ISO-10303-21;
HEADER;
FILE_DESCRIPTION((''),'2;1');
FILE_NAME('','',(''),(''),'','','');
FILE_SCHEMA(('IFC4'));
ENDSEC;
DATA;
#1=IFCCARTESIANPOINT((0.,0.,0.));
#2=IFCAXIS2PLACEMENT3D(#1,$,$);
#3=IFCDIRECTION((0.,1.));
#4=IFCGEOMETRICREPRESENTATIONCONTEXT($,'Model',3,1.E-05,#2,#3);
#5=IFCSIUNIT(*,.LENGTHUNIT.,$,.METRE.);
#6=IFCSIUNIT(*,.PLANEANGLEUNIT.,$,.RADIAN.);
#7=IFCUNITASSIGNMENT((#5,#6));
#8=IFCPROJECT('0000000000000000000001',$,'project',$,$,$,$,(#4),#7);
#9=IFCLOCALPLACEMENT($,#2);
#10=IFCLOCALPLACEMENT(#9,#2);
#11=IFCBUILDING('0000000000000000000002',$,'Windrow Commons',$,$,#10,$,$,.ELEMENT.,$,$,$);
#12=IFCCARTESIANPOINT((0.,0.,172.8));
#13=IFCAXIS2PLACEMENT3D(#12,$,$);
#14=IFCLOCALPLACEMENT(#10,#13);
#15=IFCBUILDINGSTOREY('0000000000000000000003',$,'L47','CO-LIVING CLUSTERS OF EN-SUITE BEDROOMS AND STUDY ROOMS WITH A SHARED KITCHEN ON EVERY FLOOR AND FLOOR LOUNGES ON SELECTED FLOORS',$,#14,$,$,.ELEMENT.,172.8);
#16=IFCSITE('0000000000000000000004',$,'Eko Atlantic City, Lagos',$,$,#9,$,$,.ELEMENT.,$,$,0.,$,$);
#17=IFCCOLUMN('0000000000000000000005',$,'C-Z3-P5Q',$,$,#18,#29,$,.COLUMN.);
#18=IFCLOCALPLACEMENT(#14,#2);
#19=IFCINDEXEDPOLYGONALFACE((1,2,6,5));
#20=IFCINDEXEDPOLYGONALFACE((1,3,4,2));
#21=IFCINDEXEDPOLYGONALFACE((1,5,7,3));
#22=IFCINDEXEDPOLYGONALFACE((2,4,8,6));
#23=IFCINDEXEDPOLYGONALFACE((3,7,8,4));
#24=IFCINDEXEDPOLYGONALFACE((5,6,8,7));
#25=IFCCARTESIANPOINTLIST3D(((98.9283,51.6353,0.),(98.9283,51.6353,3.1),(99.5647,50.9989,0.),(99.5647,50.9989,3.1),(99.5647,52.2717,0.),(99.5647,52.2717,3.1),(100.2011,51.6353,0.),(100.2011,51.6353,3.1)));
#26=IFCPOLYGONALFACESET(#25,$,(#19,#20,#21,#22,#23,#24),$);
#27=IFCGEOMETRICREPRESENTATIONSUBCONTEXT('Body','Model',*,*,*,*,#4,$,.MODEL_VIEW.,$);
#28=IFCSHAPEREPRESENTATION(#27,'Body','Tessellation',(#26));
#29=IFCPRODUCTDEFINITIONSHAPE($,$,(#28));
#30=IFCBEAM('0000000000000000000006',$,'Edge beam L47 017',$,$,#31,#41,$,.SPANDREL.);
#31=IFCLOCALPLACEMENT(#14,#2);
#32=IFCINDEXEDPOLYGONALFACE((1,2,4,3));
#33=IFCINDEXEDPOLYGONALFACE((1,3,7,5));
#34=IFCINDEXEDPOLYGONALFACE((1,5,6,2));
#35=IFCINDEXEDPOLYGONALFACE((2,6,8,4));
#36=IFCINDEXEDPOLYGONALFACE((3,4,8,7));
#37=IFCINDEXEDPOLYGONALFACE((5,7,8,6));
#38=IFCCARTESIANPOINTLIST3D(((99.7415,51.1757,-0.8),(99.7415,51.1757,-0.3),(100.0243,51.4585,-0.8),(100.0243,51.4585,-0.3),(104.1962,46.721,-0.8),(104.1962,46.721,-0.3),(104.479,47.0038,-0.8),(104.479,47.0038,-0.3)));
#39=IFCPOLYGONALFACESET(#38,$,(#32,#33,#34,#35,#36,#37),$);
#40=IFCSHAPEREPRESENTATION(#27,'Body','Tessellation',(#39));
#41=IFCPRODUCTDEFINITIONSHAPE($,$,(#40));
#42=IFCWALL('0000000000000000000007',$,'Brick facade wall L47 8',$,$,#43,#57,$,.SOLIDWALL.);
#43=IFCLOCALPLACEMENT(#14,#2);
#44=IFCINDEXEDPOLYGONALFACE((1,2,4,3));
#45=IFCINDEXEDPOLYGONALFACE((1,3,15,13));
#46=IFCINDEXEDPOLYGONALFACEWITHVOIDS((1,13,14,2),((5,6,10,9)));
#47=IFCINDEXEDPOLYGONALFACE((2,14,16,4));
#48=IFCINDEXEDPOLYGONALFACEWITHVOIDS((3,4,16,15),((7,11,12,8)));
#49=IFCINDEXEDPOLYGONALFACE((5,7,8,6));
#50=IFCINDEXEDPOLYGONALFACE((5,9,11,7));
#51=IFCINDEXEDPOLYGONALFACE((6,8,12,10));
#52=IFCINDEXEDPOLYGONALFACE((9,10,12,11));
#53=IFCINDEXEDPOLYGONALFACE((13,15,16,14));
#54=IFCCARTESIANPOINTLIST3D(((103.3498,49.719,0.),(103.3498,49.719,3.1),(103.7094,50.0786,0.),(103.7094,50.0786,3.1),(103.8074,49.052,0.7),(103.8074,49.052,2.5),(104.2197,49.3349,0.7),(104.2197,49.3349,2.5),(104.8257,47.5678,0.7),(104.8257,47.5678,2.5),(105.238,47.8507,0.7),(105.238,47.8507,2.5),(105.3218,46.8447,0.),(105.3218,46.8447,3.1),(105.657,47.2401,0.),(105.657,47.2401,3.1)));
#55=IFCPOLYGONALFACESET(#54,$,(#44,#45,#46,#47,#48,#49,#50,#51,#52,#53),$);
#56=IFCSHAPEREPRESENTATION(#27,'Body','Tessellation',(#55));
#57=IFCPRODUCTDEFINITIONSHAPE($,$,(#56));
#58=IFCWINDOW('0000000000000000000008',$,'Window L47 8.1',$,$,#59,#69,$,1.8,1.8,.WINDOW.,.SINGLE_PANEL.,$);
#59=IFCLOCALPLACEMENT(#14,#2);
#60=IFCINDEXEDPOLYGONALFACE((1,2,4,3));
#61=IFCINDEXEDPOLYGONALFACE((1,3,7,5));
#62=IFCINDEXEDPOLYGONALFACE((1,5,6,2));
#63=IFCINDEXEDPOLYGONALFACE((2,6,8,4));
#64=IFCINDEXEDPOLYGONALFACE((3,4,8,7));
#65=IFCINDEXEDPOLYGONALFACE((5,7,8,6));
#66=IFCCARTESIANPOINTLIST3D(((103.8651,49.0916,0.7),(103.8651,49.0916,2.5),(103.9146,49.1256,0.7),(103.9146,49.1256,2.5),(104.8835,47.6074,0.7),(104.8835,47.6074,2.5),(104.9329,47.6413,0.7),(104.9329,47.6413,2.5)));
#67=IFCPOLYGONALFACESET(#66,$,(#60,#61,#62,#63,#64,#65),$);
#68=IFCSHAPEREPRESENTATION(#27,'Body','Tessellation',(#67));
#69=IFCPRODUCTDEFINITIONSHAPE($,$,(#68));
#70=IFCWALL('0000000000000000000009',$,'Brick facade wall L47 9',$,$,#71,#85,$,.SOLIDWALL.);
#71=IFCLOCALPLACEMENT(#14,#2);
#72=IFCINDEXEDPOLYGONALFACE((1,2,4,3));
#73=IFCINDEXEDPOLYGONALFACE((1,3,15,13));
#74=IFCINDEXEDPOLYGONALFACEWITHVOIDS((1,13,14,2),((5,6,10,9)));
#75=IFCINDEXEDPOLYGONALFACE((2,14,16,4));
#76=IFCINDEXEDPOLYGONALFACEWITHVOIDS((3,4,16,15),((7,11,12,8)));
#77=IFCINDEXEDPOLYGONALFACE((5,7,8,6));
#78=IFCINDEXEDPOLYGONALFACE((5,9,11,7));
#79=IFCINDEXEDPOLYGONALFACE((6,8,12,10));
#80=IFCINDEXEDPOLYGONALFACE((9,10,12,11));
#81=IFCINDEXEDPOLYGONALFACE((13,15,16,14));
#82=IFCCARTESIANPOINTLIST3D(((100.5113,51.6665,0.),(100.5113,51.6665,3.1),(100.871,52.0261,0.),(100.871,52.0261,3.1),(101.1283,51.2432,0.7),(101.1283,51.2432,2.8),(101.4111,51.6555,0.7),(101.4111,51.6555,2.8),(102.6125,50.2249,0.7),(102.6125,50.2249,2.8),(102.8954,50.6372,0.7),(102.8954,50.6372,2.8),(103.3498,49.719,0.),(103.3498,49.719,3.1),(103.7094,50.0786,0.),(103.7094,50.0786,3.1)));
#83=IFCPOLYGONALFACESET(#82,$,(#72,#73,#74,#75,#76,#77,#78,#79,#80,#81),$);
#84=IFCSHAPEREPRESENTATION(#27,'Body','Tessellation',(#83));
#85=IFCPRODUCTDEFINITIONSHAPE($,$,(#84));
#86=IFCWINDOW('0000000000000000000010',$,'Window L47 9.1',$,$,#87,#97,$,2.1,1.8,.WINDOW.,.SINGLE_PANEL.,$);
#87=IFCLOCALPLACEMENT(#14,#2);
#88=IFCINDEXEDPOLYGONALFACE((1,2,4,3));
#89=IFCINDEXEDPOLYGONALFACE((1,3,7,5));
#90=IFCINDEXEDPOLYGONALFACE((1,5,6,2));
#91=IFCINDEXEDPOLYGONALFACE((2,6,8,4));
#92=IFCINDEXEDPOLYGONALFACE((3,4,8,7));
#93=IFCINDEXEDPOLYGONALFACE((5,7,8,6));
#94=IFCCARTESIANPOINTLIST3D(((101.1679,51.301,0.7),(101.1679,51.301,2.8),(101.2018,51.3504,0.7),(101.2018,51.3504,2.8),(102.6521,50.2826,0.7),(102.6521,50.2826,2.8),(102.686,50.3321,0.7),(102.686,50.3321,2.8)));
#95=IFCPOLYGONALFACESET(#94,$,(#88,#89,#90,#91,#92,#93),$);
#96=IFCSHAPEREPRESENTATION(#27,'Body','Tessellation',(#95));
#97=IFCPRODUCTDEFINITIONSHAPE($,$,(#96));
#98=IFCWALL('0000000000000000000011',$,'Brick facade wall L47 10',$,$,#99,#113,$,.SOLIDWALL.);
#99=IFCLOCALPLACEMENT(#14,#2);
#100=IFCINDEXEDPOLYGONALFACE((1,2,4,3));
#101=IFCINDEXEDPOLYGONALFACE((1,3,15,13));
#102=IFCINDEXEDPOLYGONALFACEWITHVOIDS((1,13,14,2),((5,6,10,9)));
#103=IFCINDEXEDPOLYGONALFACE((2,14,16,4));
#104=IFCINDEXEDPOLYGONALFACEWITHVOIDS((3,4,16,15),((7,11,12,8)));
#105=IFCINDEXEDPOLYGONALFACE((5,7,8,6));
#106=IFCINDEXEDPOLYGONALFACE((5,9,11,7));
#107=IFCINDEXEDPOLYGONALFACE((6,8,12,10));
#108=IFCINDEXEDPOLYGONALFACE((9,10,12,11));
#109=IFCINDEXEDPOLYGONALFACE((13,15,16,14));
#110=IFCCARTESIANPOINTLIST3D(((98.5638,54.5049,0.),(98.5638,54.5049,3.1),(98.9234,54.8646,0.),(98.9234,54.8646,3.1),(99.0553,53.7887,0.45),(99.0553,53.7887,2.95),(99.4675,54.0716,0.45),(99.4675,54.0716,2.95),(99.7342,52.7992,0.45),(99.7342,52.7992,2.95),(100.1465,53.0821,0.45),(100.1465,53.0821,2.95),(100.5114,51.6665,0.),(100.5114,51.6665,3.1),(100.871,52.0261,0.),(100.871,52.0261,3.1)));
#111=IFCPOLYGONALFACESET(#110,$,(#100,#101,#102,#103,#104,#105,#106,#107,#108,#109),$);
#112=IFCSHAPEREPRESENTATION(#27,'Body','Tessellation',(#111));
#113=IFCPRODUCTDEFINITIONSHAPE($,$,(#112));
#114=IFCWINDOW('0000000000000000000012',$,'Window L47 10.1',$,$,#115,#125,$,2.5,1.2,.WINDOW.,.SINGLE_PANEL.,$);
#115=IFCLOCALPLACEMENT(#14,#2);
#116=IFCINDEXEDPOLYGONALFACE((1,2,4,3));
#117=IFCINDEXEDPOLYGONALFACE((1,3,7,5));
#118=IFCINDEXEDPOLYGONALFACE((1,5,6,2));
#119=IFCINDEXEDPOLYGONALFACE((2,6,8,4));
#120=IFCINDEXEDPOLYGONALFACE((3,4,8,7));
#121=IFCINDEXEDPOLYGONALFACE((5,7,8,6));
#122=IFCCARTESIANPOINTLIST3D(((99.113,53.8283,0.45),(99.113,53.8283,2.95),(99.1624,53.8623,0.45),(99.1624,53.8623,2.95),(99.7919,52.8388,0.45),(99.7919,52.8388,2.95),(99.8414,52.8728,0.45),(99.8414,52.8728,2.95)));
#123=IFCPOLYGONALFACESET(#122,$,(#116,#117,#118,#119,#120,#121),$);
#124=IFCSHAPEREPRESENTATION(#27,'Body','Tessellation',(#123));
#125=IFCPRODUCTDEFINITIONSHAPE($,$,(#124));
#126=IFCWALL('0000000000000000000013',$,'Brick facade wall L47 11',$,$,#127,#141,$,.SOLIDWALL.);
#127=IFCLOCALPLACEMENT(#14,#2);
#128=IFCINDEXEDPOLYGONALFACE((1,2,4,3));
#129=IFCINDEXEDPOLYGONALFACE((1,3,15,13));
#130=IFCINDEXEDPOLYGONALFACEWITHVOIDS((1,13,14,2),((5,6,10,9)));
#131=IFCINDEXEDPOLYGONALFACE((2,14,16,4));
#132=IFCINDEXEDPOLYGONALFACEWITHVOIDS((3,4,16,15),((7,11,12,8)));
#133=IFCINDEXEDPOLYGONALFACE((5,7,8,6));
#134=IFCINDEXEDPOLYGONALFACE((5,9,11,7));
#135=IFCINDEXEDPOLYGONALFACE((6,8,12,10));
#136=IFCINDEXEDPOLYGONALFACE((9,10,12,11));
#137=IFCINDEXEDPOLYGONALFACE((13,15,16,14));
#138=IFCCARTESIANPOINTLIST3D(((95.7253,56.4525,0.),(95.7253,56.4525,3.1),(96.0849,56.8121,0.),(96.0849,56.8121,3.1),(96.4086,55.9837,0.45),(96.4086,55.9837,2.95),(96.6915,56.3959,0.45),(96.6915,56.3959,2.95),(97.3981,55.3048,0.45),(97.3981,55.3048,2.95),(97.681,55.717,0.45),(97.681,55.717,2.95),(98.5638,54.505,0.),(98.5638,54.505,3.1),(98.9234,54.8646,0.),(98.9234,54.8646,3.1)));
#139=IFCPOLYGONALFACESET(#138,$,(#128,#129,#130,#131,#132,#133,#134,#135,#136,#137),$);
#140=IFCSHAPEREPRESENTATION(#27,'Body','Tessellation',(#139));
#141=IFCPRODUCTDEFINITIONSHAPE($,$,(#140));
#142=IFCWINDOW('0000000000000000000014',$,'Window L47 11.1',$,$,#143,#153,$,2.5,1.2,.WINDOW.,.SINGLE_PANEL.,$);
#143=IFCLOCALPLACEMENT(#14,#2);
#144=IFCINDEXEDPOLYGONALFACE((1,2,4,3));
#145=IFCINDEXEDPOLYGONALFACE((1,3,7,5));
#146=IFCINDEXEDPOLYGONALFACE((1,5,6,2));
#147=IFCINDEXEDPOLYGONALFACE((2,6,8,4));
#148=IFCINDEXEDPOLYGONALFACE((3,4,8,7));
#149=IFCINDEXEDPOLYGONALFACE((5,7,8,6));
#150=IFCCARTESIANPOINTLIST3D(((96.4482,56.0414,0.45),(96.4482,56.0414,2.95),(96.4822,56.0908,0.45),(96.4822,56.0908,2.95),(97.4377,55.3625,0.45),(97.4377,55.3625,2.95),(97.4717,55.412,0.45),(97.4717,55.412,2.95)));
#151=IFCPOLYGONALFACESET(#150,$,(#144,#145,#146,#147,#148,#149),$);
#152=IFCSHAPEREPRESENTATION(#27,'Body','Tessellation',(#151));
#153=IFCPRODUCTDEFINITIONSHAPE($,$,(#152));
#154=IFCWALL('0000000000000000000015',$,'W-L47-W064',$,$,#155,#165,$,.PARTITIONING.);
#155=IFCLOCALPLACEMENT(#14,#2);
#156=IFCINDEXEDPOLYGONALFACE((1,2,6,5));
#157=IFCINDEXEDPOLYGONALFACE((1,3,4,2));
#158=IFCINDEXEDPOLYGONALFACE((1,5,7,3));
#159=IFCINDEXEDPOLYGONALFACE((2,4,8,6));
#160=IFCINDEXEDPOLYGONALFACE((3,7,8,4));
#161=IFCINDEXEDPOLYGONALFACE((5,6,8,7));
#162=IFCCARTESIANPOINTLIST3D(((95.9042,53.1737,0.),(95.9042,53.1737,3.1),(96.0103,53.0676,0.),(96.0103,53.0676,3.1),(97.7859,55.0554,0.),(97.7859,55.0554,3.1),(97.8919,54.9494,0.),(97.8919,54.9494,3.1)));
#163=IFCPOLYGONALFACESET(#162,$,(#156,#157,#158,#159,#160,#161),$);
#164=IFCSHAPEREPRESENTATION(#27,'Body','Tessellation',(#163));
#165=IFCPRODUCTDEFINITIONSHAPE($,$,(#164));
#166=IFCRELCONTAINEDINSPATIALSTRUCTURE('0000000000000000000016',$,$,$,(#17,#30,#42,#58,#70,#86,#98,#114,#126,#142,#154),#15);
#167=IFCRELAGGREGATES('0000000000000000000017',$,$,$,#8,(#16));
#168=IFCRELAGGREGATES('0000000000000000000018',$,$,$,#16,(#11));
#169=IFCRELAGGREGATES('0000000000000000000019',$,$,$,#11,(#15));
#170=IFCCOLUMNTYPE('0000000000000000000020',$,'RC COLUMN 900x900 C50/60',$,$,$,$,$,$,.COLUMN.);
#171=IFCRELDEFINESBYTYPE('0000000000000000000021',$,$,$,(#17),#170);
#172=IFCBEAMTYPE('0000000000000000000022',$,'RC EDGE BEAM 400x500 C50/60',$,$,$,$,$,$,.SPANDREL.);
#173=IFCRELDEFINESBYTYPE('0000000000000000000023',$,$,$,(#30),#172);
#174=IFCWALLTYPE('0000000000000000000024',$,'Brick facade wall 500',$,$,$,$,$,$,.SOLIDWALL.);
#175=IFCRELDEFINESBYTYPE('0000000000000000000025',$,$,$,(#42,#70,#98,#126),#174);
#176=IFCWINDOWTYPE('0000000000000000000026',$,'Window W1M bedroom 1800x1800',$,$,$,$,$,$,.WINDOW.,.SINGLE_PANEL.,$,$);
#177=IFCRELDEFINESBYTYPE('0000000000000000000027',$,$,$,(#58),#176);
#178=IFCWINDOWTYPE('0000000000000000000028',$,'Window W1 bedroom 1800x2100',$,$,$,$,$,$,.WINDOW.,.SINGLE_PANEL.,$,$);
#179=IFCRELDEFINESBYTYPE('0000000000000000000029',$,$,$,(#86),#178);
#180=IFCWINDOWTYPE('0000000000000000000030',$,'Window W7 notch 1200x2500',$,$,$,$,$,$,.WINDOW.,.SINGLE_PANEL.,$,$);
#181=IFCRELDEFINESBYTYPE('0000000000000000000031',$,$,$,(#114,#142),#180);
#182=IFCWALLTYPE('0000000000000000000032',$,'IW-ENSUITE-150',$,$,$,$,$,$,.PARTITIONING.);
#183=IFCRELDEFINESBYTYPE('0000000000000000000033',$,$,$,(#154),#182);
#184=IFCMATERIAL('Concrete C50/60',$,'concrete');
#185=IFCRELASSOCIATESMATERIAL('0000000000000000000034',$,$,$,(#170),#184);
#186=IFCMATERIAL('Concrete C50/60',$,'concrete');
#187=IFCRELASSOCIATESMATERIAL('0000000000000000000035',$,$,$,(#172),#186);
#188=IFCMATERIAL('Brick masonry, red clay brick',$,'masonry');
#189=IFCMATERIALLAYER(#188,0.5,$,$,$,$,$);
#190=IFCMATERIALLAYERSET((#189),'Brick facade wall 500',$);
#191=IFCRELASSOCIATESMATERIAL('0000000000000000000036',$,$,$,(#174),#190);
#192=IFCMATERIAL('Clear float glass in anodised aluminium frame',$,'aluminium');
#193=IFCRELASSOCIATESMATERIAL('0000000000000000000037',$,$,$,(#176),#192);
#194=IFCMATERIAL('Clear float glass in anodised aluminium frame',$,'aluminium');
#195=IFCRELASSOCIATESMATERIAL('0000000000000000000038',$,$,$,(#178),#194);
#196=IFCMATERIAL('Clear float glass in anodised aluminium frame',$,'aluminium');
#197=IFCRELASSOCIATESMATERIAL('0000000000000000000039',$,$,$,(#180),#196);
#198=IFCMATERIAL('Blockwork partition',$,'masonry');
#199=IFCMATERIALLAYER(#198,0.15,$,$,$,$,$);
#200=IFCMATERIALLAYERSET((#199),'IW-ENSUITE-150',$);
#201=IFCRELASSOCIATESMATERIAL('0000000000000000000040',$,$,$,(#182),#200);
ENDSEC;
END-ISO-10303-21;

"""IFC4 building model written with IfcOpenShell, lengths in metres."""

from ifc_helpers import new_model, si_unit, direction, frame, frame_2d, origin, origin_2d, place, context, subcontext, project, spatial, polyline, rectangle, outline, extrude, material, layer, layer_set, material_profile, profile_set, type_object, element, fill, save


model = new_model("IFC4")

# Units and contexts
model_context = context("Model", 3, precision=1e-05, world=origin(), true_north=direction((0.0, 1.0)))
body_context = subcontext(model_context, "Body", "Model", "MODEL_VIEW")
ifc_project = project(units=[si_unit("LENGTHUNIT", "METRE"), si_unit("PLANEANGLEUNIT", "RADIAN")], contexts=[model_context])

# Site, building, storey
site_placement = place(None, origin())
site = spatial("IfcSite", under=ifc_project, at=site_placement, Name="Eko Atlantic City, Lagos", CompositionType="ELEMENT", RefElevation=0.0)
building_placement = place(site_placement, origin())
building = spatial("IfcBuilding", under=site, at=building_placement, Name="Windrow Commons", CompositionType="ELEMENT")
storey_placement = place(building_placement, frame((0.0, 0.0, 172.8)))
storey = spatial("IfcBuildingStorey", under=building, at=storey_placement, Name="L47", Description="CO-LIVING CLUSTERS OF EN-SUITE BEDROOMS AND STUDY ROOMS WITH A SHARED KITCHEN ON EVERY FLOOR AND FLOOR LOUNGES ON SELECTED FLOORS", CompositionType="ELEMENT", Elevation=172.8)

# Column
ifc_material_1 = material(Name="Concrete C50/60", Category="concrete")
ifc_material_profile_1 = material_profile(ifc_material_1, rectangle(XDim=0.9, YDim=0.9, at=origin_2d()))
ifc_profile_set_1 = profile_set([ifc_material_profile_1], Name="Concrete C50/60")
column_type = type_object("IfcColumnType", Name="RC COLUMN 900x900 C50/60", PredefinedType="COLUMN", material=ifc_profile_set_1)
column_placement = place(storey_placement, frame((99.5647, 51.6353, 0.0), z_axis=(0.0, 0.0, 1.0), x_axis=(0.707107, -0.707107, 0.0)))
element("IfcColumn", 1, at=column_placement, inside=storey, type_object=column_type, Name="C-Z3-P5Q", PredefinedType="COLUMN", context=body_context, shape_type="SweptSolid", body=[
    extrude(rectangle(XDim=0.9, YDim=0.9, at=origin_2d()), origin(), (0.0, 0.0, 1.0), 3.1),
])

# Beam
ifc_material_2 = material(Name="Concrete C50/60", Category="concrete")
ifc_material_profile_2 = material_profile(ifc_material_2, rectangle(XDim=0.4, YDim=0.5, at=origin_2d()))
ifc_profile_set_2 = profile_set([ifc_material_profile_2], Name="Concrete C50/60")
beam_type = type_object("IfcBeamType", Name="RC EDGE BEAM 400x500 C50/60", PredefinedType="SPANDREL", material=ifc_profile_set_2)
beam_placement = place(storey_placement, frame((99.8829, 51.3171, -0.55), z_axis=(0.707107, -0.707107, 0.0), x_axis=(0.707107, 0.707107, 0.0)))
element("IfcBeam", 2, at=beam_placement, inside=storey, type_object=beam_type, Name="Edge beam L47 017", PredefinedType="SPANDREL", context=body_context, shape_type="SweptSolid", body=[
    extrude(rectangle(XDim=0.4, YDim=0.5, at=origin_2d()), origin(), (0.0, 0.0, 1.0), 6.2999),
])

# Walls, openings, windows
ifc_material_3 = material(Name="Brick masonry, red clay brick", Category="masonry")
ifc_layer_1 = layer(ifc_material_3, 0.5)
ifc_layer_set_1 = layer_set([ifc_layer_1], Name="Brick facade wall 500")
wall_type_1 = type_object("IfcWallType", Name="Brick facade wall 500", PredefinedType="SOLIDWALL", material=ifc_layer_set_1)
wall_1_placement = place(storey_placement, frame((105.4894, 47.0424, 0.0), z_axis=(0.0, 0.0, 1.0), x_axis=(-0.565749, 0.824577, 0.0)))
wall_1 = element("IfcWall", 3, at=wall_1_placement, inside=storey, type_object=wall_type_1, Name="Brick facade wall L47 8", PredefinedType="SOLIDWALL", context=body_context, shape_type="SweptSolid", body=[
    extrude(outline(polyline([(0.0682, -0.25), (3.5106, -0.25), (3.4175, 0.25), (-0.0682, 0.25), (0.0682, -0.25)])), origin(), (0.0, 0.0, 1.0), 3.1),
])
opening_1_placement = place(wall_1_placement, frame((0.8087, 0.0, 0.7)))
opening_1 = element("IfcOpeningElement", 4, at=opening_1_placement, cuts=wall_1, PredefinedType="OPENING", context=body_context, shape_type="SweptSolid", body=[
    extrude(rectangle(XDim=1.8, YDim=1.8, at=frame_2d((0.9, 0.9))), frame((0.0, 0.26, 0.0), z_axis=(0.0, -1.0, 0.0), x_axis=(1.0, 0.0, 0.0)), (0.0, 0.0, 1.0), 0.52),
])
ifc_material_4 = material(Name="Clear float glass in anodised aluminium frame", Category="aluminium")
window_type_1 = type_object("IfcWindowType", Name="Window W1M bedroom 1800x1800", PartitioningType="SINGLE_PANEL", PredefinedType="WINDOW", material=ifc_material_4)
window_1_placement = place(opening_1_placement, origin())
window_1 = element("IfcWindow", 5, at=window_1_placement, inside=storey, type_object=window_type_1, Name="Window L47 8.1", OverallHeight=1.8, OverallWidth=1.8, PartitioningType="SINGLE_PANEL", PredefinedType="WINDOW", context=body_context, shape_type="SweptSolid", body=[
    extrude(rectangle(XDim=1.8, YDim=1.8, at=frame_2d((0.9, 0.9))), frame((0.0, 0.18, 0.0), z_axis=(0.0, -1.0, 0.0), x_axis=(1.0, 0.0, 0.0)), (0.0, 0.0, 1.0), 0.06),
])
fill(opening_1, window_1)
wall_2_placement = place(storey_placement, frame((103.5296, 49.8988, 0.0), z_axis=(0.0, 0.0, 1.0), x_axis=(-0.82457, 0.565759, 0.0)))
wall_2 = element("IfcWall", 6, at=wall_2_placement, inside=storey, type_object=wall_type_1, Name="Brick facade wall L47 9", PredefinedType="SOLIDWALL", context=body_context, shape_type="SweptSolid", body=[
    extrude(outline(polyline([(-0.0465, -0.25), (3.3958, -0.25), (3.4889, 0.25), (0.0465, 0.25), (-0.0465, -0.25)])), origin(), (0.0, 0.0, 1.0), 3.1),
])
opening_2_placement = place(wall_2_placement, frame((0.9407, 0.0, 0.7)))
opening_2 = element("IfcOpeningElement", 7, at=opening_2_placement, cuts=wall_2, PredefinedType="OPENING", context=body_context, shape_type="SweptSolid", body=[
    extrude(rectangle(XDim=1.8, YDim=2.1, at=frame_2d((0.9, 1.05))), frame((0.0, 0.26, 0.0), z_axis=(0.0, -1.0, 0.0), x_axis=(1.0, 0.0, 0.0)), (0.0, 0.0, 1.0), 0.52),
])
ifc_material_5 = material(Name="Clear float glass in anodised aluminium frame", Category="aluminium")
window_type_2 = type_object("IfcWindowType", Name="Window W1 bedroom 1800x2100", PartitioningType="SINGLE_PANEL", PredefinedType="WINDOW", material=ifc_material_5)
window_2_placement = place(opening_2_placement, origin())
window_2 = element("IfcWindow", 8, at=window_2_placement, inside=storey, type_object=window_type_2, Name="Window L47 9.1", OverallHeight=2.1, OverallWidth=1.8, PartitioningType="SINGLE_PANEL", PredefinedType="WINDOW", context=body_context, shape_type="SweptSolid", body=[
    extrude(rectangle(XDim=1.8, YDim=2.1, at=frame_2d((0.9, 1.05))), frame((0.0, 0.18, 0.0), z_axis=(0.0, -1.0, 0.0), x_axis=(1.0, 0.0, 0.0)), (0.0, 0.0, 1.0), 0.06),
])
fill(opening_2, window_2)
wall_3_placement = place(storey_placement, frame((100.6912, 51.8463, 0.0), z_axis=(0.0, 0.0, 1.0), x_axis=(-0.565765, 0.824566, 0.0)))
wall_3 = element("IfcWall", 9, at=wall_3_placement, inside=storey, type_object=wall_type_1, Name="Brick facade wall L47 10", PredefinedType="SOLIDWALL", context=body_context, shape_type="SweptSolid", body=[
    extrude(outline(polyline([(0.0465, -0.25), (3.4889, -0.25), (3.3958, 0.25), (-0.0465, 0.25), (0.0465, -0.25)])), origin(), (0.0, 0.0, 1.0), 3.1),
])
opening_3_placement = place(wall_3_placement, frame((1.3272, 0.0, 0.45)))
opening_3 = element("IfcOpeningElement", 10, at=opening_3_placement, cuts=wall_3, PredefinedType="OPENING", context=body_context, shape_type="SweptSolid", body=[
    extrude(rectangle(XDim=1.2, YDim=2.5, at=frame_2d((0.6, 1.25))), frame((0.0, 0.26, 0.0), z_axis=(0.0, -1.0, 0.0), x_axis=(1.0, 0.0, 0.0)), (0.0, 0.0, 1.0), 0.52),
])
ifc_material_6 = material(Name="Clear float glass in anodised aluminium frame", Category="aluminium")
window_type_3 = type_object("IfcWindowType", Name="Window W7 notch 1200x2500", PartitioningType="SINGLE_PANEL", PredefinedType="WINDOW", material=ifc_material_6)
window_3_placement = place(opening_3_placement, origin())
window_3 = element("IfcWindow", 11, at=window_3_placement, inside=storey, type_object=window_type_3, Name="Window L47 10.1", OverallHeight=2.5, OverallWidth=1.2, PartitioningType="SINGLE_PANEL", PredefinedType="WINDOW", context=body_context, shape_type="SweptSolid", body=[
    extrude(rectangle(XDim=1.2, YDim=2.5, at=frame_2d((0.6, 1.25))), frame((0.0, 0.18, 0.0), z_axis=(0.0, -1.0, 0.0), x_axis=(1.0, 0.0, 0.0)), (0.0, 0.0, 1.0), 0.06),
])
fill(opening_3, window_3)
wall_4_placement = place(storey_placement, frame((98.7436, 54.6848, 0.0), z_axis=(0.0, 0.0, 1.0), x_axis=(-0.82458, 0.565746, 0.0)))
wall_4 = element("IfcWall", 12, at=wall_4_placement, inside=storey, type_object=wall_type_1, Name="Brick facade wall L47 11", PredefinedType="SOLIDWALL", context=body_context, shape_type="SweptSolid", body=[
    extrude(outline(polyline([(-0.0465, -0.25), (3.3958, -0.25), (3.4889, 0.25), (0.0465, 0.25), (-0.0465, -0.25)])), origin(), (0.0, 0.0, 1.0), 3.1),
])
opening_4_placement = place(wall_4_placement, frame((1.4602, 0.0, 0.45)))
opening_4 = element("IfcOpeningElement", 13, at=opening_4_placement, cuts=wall_4, PredefinedType="OPENING", context=body_context, shape_type="SweptSolid", body=[
    extrude(rectangle(XDim=1.2, YDim=2.5, at=frame_2d((0.6, 1.25))), frame((0.0, 0.26, 0.0), z_axis=(0.0, -1.0, 0.0), x_axis=(1.0, 0.0, 0.0)), (0.0, 0.0, 1.0), 0.52),
])
window_4_placement = place(opening_4_placement, origin())
window_4 = element("IfcWindow", 14, at=window_4_placement, inside=storey, type_object=window_type_3, Name="Window L47 11.1", OverallHeight=2.5, OverallWidth=1.2, PartitioningType="SINGLE_PANEL", PredefinedType="WINDOW", context=body_context, shape_type="SweptSolid", body=[
    extrude(rectangle(XDim=1.2, YDim=2.5, at=frame_2d((0.6, 1.25))), frame((0.0, 0.18, 0.0), z_axis=(0.0, -1.0, 0.0), x_axis=(1.0, 0.0, 0.0)), (0.0, 0.0, 1.0), 0.06),
])
fill(opening_4, window_4)

# Wall
ifc_material_7 = material(Name="Blockwork partition", Category="masonry")
ifc_layer_2 = layer(ifc_material_7, 0.15)
ifc_layer_set_2 = layer_set([ifc_layer_2], Name="IW-ENSUITE-150")
wall_type_2 = type_object("IfcWallType", Name="IW-ENSUITE-150", PredefinedType="PARTITIONING", material=ifc_layer_set_2)
wall_5_placement = place(storey_placement, frame((95.9573, 53.1207, 0.0), z_axis=(0.0, 0.0, 1.0), x_axis=(0.707088, 0.707126, 0.0)))
element("IfcWall", 15, at=wall_5_placement, inside=storey, type_object=wall_type_2, Name="W-L47-W064", PredefinedType="PARTITIONING", context=body_context, shape_type="SweptSolid", body=[
    extrude(rectangle(XDim=2.6611, YDim=0.15, at=frame_2d((1.3305, 0.0))), origin(), (0.0, 0.0, 1.0), 3.1),
])

save(model, "model.ifc")
